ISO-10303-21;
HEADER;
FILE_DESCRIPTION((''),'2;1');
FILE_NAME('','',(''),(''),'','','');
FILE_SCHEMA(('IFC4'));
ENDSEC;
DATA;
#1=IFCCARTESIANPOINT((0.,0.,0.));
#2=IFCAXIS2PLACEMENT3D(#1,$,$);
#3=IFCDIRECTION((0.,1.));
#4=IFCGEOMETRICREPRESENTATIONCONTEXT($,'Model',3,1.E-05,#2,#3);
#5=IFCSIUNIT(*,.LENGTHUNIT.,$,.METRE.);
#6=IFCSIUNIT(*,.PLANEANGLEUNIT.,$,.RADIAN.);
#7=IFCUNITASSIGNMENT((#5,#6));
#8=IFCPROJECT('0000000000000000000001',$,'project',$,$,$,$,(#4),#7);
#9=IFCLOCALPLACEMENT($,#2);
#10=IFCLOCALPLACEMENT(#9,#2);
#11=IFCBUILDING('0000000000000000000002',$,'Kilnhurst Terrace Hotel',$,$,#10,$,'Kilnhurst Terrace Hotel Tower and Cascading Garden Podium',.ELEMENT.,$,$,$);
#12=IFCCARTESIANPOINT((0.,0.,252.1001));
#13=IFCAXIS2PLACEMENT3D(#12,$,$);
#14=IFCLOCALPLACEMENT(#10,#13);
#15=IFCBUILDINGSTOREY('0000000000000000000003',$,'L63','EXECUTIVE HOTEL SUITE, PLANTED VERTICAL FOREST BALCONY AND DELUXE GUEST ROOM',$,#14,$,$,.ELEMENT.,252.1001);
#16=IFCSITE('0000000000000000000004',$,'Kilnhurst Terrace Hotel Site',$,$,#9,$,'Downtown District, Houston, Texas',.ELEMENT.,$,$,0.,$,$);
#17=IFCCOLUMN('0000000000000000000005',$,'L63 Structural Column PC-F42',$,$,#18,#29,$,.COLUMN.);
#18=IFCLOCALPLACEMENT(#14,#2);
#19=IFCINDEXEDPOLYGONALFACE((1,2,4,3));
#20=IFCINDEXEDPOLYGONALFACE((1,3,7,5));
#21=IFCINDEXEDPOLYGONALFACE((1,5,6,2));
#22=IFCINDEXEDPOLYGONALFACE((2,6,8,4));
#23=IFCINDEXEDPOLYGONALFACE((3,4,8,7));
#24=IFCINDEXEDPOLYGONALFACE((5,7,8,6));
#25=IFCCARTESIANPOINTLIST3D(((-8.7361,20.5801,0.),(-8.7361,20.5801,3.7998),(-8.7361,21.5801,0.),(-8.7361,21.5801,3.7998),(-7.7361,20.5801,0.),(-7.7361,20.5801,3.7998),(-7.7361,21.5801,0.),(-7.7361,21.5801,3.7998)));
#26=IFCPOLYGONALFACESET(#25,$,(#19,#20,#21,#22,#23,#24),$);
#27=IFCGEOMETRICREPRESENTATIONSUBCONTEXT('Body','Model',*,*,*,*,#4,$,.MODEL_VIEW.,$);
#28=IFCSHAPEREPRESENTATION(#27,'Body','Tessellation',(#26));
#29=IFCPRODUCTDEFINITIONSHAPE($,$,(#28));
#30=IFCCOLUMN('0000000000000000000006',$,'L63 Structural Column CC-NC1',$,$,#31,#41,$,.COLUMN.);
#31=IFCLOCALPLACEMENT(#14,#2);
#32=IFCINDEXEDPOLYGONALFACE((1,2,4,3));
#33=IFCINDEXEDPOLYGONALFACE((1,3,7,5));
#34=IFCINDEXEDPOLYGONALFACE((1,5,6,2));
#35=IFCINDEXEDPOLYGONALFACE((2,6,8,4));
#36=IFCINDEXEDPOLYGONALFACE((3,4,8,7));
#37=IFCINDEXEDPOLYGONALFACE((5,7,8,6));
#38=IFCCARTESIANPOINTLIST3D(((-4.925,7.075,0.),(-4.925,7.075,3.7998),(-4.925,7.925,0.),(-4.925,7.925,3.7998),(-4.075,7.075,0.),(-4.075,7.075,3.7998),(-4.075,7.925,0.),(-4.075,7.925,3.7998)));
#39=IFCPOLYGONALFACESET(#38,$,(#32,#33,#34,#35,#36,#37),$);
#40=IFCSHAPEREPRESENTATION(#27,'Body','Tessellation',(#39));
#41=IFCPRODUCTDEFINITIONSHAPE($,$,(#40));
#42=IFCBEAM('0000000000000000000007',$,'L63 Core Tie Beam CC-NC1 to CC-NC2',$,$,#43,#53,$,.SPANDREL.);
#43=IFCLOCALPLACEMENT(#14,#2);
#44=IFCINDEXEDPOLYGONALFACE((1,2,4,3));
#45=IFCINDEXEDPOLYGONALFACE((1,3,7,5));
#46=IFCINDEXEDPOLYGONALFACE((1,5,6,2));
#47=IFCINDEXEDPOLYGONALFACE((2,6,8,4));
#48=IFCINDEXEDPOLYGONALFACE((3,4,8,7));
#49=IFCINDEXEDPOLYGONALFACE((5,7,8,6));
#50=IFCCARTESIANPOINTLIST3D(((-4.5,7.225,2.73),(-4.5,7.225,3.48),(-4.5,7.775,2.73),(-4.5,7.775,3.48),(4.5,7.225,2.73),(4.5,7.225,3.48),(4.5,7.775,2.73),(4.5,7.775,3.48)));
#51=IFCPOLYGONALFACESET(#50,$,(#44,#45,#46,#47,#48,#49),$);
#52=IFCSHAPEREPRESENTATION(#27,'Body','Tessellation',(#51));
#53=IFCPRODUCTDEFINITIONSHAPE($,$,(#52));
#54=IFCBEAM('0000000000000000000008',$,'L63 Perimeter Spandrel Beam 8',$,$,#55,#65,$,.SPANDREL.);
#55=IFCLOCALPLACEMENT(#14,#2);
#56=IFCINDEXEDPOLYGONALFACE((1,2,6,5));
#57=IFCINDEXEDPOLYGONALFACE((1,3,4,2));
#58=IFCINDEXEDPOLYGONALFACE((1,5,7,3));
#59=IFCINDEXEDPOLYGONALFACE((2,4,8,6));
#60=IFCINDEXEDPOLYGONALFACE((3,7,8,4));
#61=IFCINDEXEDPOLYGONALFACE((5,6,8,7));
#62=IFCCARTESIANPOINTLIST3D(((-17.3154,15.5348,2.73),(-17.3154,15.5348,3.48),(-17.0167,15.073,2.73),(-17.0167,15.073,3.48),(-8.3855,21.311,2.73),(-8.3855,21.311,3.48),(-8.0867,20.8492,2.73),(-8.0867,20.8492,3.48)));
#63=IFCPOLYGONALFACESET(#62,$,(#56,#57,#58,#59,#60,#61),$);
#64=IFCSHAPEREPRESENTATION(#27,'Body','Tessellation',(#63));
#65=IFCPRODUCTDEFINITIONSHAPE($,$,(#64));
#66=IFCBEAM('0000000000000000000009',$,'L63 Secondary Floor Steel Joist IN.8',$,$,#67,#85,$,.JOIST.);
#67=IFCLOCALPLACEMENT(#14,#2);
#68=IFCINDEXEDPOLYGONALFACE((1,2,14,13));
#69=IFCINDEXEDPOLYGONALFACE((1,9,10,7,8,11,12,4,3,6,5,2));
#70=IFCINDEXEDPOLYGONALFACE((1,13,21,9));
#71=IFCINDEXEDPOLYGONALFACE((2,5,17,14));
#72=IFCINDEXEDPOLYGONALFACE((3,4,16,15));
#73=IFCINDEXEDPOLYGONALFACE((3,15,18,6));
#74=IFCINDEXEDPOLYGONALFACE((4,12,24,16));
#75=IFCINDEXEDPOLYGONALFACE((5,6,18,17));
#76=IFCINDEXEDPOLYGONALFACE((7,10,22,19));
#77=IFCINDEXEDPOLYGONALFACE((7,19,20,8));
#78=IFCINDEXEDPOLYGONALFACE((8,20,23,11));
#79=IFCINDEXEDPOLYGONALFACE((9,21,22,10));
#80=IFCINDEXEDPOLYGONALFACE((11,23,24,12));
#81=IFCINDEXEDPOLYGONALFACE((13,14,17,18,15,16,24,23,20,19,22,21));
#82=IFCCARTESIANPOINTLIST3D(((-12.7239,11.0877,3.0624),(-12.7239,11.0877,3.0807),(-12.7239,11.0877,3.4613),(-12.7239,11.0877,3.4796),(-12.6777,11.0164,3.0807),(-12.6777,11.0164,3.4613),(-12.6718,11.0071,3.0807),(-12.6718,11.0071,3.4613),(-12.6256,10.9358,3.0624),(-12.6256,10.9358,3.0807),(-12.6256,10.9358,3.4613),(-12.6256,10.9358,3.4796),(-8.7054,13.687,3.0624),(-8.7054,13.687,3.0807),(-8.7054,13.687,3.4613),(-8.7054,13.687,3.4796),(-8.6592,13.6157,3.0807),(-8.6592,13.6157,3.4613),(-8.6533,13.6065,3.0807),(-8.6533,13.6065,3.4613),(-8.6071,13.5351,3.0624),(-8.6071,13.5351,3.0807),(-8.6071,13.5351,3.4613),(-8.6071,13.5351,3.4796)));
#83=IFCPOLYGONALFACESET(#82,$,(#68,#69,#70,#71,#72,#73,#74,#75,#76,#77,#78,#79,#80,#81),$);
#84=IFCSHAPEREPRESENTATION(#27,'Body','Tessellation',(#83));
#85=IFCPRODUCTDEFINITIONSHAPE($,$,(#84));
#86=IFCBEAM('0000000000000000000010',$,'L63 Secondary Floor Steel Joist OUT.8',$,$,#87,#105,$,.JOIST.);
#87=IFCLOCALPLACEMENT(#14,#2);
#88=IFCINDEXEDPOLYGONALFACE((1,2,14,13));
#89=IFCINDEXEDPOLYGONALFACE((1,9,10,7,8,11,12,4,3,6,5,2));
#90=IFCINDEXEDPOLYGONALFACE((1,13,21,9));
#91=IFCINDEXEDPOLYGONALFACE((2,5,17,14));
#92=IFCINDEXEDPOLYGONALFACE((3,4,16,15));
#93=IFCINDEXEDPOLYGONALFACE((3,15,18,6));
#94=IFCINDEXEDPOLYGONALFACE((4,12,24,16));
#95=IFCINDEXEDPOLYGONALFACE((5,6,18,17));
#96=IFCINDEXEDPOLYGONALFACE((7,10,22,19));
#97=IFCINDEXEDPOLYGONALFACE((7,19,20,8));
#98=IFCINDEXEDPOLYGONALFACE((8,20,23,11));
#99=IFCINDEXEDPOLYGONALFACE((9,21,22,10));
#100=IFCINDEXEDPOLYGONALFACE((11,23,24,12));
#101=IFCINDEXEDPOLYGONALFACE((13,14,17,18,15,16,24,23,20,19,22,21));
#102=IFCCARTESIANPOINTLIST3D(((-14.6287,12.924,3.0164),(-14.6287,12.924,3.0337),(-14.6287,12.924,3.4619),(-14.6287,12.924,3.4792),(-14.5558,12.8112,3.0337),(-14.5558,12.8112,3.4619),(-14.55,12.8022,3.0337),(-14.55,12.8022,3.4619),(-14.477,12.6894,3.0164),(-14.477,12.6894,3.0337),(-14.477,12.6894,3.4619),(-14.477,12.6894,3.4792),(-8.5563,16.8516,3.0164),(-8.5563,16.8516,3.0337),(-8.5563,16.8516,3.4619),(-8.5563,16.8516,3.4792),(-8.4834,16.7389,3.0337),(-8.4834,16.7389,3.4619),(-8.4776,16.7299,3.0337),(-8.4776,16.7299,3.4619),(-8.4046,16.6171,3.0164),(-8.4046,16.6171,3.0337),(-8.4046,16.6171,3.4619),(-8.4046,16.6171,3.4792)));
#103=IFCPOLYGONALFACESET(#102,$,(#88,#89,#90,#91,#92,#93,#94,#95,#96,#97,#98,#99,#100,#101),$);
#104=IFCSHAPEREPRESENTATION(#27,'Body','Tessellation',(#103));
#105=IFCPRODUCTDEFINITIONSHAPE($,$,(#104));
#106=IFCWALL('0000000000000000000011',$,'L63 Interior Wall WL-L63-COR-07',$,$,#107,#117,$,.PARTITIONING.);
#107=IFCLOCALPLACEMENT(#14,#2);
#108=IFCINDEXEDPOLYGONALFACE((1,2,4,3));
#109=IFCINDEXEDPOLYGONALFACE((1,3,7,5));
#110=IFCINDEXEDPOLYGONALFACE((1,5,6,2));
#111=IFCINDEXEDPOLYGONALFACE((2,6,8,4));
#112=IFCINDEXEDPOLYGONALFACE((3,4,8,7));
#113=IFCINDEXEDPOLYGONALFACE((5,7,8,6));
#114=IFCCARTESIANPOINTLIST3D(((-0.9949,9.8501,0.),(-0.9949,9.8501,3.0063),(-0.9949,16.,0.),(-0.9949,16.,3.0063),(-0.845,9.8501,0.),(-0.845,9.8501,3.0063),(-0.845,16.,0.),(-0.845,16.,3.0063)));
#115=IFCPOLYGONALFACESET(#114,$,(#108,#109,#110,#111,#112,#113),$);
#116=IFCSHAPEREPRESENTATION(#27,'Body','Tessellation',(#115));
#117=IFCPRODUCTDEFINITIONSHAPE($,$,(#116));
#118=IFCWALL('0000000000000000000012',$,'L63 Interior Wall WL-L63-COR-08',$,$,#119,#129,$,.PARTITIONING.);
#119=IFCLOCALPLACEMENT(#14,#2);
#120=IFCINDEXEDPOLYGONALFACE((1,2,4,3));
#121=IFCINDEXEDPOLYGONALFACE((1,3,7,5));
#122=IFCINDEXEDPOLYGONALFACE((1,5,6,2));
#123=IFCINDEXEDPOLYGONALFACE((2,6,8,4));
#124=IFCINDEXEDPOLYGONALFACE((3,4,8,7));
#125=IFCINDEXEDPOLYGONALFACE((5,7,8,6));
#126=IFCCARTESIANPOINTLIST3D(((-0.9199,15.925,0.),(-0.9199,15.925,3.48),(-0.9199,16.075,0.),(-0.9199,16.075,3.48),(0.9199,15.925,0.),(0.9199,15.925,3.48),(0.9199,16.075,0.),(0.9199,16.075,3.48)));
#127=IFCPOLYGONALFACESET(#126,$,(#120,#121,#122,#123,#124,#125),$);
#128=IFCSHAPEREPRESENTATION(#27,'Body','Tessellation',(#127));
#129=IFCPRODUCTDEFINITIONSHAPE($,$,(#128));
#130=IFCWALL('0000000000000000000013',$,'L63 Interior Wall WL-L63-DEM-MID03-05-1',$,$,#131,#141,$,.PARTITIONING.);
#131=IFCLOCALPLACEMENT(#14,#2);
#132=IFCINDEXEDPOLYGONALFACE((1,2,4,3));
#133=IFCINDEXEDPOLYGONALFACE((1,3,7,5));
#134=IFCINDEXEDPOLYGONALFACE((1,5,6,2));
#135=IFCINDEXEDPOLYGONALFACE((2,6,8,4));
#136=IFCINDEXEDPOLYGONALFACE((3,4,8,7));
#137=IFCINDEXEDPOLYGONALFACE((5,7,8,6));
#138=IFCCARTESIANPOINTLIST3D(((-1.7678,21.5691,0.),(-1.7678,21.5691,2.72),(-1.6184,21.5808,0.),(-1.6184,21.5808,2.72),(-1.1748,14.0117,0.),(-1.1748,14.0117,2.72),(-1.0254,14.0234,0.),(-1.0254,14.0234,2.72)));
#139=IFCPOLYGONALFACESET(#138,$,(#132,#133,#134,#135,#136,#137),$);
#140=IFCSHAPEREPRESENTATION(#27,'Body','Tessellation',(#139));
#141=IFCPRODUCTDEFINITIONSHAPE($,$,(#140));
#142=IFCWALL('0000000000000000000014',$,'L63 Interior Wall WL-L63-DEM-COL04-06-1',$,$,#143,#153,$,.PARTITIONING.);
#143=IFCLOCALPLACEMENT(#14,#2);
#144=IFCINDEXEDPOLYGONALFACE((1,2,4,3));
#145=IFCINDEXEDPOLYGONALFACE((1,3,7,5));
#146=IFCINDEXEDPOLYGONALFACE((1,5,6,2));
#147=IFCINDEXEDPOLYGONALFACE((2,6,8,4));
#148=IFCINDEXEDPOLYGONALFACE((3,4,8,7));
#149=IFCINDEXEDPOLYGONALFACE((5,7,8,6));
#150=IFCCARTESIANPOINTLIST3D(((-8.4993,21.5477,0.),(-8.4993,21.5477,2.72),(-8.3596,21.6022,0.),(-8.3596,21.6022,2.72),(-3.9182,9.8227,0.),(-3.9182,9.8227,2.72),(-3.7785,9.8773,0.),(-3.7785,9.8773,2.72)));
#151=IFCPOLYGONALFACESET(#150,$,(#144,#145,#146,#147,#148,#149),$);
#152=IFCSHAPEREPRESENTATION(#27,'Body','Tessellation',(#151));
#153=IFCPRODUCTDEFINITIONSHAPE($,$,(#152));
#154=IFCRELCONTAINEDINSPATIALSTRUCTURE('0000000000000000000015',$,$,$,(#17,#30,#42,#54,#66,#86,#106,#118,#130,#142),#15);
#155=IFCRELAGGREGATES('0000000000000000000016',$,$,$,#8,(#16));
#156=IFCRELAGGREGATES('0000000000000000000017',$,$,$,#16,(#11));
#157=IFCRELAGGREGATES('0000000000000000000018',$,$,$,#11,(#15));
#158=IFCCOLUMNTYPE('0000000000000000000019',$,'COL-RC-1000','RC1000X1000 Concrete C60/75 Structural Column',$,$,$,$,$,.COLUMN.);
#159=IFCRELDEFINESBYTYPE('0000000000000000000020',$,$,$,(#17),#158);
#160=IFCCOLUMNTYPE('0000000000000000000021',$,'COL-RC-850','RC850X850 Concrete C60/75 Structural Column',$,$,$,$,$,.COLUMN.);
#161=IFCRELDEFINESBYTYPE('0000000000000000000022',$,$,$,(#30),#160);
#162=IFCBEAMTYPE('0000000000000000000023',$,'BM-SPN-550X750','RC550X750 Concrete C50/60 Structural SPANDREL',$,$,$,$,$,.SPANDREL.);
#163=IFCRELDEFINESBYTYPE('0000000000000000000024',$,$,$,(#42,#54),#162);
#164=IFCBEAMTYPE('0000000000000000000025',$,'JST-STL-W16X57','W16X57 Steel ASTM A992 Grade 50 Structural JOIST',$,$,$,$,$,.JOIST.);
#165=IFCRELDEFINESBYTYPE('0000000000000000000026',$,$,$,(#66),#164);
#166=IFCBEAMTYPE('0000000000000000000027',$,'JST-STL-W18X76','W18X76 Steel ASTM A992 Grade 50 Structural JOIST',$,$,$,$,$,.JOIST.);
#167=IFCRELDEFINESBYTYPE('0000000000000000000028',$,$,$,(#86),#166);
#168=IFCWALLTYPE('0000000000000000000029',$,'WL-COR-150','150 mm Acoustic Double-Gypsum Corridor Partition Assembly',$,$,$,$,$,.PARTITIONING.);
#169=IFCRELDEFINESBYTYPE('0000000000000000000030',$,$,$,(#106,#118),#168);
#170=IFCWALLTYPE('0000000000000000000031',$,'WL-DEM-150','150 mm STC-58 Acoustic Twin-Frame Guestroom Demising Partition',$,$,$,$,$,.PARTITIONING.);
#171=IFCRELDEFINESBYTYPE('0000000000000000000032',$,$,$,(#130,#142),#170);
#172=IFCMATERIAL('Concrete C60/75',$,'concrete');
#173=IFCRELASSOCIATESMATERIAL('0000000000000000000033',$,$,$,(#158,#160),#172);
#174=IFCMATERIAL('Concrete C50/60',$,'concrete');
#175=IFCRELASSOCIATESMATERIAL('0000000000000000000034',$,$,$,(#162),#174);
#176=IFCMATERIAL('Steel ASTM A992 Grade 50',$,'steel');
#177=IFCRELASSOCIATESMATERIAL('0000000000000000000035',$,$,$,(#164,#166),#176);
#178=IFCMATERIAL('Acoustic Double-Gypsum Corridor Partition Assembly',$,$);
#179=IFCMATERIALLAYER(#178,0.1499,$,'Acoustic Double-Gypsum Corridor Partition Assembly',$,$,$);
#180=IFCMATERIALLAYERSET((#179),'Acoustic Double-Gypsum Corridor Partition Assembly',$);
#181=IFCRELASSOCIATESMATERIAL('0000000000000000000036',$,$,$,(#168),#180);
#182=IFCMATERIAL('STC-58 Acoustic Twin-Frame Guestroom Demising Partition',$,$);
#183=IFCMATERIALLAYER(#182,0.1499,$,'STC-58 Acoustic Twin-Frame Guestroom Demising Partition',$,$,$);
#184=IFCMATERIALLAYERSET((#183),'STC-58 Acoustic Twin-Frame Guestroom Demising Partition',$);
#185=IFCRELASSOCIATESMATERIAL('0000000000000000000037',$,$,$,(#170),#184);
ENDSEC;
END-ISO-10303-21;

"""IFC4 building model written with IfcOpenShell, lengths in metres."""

from ifc_helpers import new_model, si_unit, direction, frame, frame_2d, origin, origin_2d, place, context, subcontext, project, spatial, rectangle, i_section, extrude, material, layer, layer_set, material_profile, profile_set, type_object, element, save


model = new_model("IFC4")

# Units and contexts
model_context = context("Model", 3, precision=1e-05, world=origin(), true_north=direction((0.0, 1.0)))
body_context = subcontext(model_context, "Body", "Model", "MODEL_VIEW")
ifc_project = project(units=[si_unit("LENGTHUNIT", "METRE"), si_unit("PLANEANGLEUNIT", "RADIAN")], contexts=[model_context])

# Site, building, storey
site_placement = place(None, origin())
site = spatial("IfcSite", under=ifc_project, at=site_placement, Name="Kilnhurst Terrace Hotel Site", LongName="Downtown District, Houston, Texas", CompositionType="ELEMENT", RefElevation=0.0)
building_placement = place(site_placement, origin())
building = spatial("IfcBuilding", under=site, at=building_placement, Name="Kilnhurst Terrace Hotel", LongName="Kilnhurst Terrace Hotel Tower and Cascading Garden Podium", CompositionType="ELEMENT")
storey_placement = place(building_placement, frame((0.0, 0.0, 252.1001)))
storey = spatial("IfcBuildingStorey", under=building, at=storey_placement, Name="L63", Description="EXECUTIVE HOTEL SUITE, PLANTED VERTICAL FOREST BALCONY AND DELUXE GUEST ROOM", CompositionType="ELEMENT", Elevation=252.1001)

# Columns
ifc_material_1 = material(Name="Concrete C60/75", Category="concrete")
ifc_material_profile_1 = material_profile(ifc_material_1, rectangle(XDim=1.0, YDim=1.0, at=origin_2d()), Name="RC1000X1000")
ifc_profile_set_1 = profile_set([ifc_material_profile_1], Name="Concrete C60/75")
column_type_1 = type_object("IfcColumnType", Name="COL-RC-1000", Description="RC1000X1000 Concrete C60/75 Structural Column", PredefinedType="COLUMN", material=ifc_profile_set_1)
column_1_placement = place(storey_placement, frame((-8.2361, 21.0801, 0.0), z_axis=(0.0, 0.0, 1.0), x_axis=(1.0, 0.0, 0.0)))
element("IfcColumn", 1, at=column_1_placement, inside=storey, type_object=column_type_1, Name="L63 Structural Column PC-F42", PredefinedType="COLUMN", context=body_context, shape_type="SweptSolid", body=[
    extrude(rectangle(XDim=1.0, YDim=1.0, at=origin_2d()), origin(), (0.0, 0.0, 1.0), 3.7998),
])
ifc_material_profile_2 = material_profile(ifc_material_1, rectangle(XDim=0.8501, YDim=0.8501, at=origin_2d()), Name="RC850X850")
ifc_profile_set_2 = profile_set([ifc_material_profile_2], Name="Concrete C60/75")
column_type_2 = type_object("IfcColumnType", Name="COL-RC-850", Description="RC850X850 Concrete C60/75 Structural Column", PredefinedType="COLUMN", material=ifc_profile_set_2)
column_2_placement = place(storey_placement, frame((-4.5, 7.5, 0.0), z_axis=(0.0, 0.0, 1.0), x_axis=(1.0, 0.0, 0.0)))
element("IfcColumn", 2, at=column_2_placement, inside=storey, type_object=column_type_2, Name="L63 Structural Column CC-NC1", PredefinedType="COLUMN", context=body_context, shape_type="SweptSolid", body=[
    extrude(rectangle(XDim=0.8501, YDim=0.8501, at=origin_2d()), origin(), (0.0, 0.0, 1.0), 3.7998),
])

# Beams
ifc_material_2 = material(Name="Concrete C50/60", Category="concrete")
ifc_material_profile_3 = material_profile(ifc_material_2, rectangle(XDim=0.55, YDim=0.75, at=origin_2d()), Name="RC550X750")
ifc_profile_set_3 = profile_set([ifc_material_profile_3], Name="Concrete C50/60")
beam_type_1 = type_object("IfcBeamType", Name="BM-SPN-550X750", Description="RC550X750 Concrete C50/60 Structural SPANDREL", PredefinedType="SPANDREL", material=ifc_profile_set_3)
beam_1_placement = place(storey_placement, frame((-4.5, 7.5, 3.105), z_axis=(1.0, 0.0, 0.0), x_axis=(0.0, 1.0, 0.0)))
element("IfcBeam", 3, at=beam_1_placement, inside=storey, type_object=beam_type_1, Name="L63 Core Tie Beam CC-NC1 to CC-NC2", PredefinedType="SPANDREL", context=body_context, shape_type="SweptSolid", body=[
    extrude(rectangle(XDim=0.55, YDim=0.75, at=origin_2d()), origin(), (0.0, 0.0, 1.0), 9.0),
])
beam_2_placement = place(storey_placement, frame((-8.2361, 21.0801, 3.105), z_axis=(-0.839659, -0.543114, 0.0), x_axis=(0.543114, -0.839659, 0.0)))
element("IfcBeam", 4, at=beam_2_placement, inside=storey, type_object=beam_type_1, Name="L63 Perimeter Spandrel Beam 8", PredefinedType="SPANDREL", context=body_context, shape_type="SweptSolid", body=[
    extrude(rectangle(XDim=0.55, YDim=0.75, at=origin_2d()), origin(), (0.0, 0.0, 1.0), 10.6353),
])
ifc_material_3 = material(Name="Steel ASTM A992 Grade 50", Category="steel")
ifc_material_profile_4 = material_profile(ifc_material_3, i_section(OverallWidth=0.1809, OverallDepth=0.4172, WebThickness=0.011, FlangeThickness=0.0183, at=origin_2d()), Name="W16X57")
ifc_profile_set_4 = profile_set([ifc_material_profile_4], Name="Steel ASTM A992 Grade 50")
beam_type_2 = type_object("IfcBeamType", Name="JST-STL-W16X57", Description="W16X57 Steel ASTM A992 Grade 50 Structural JOIST", PredefinedType="JOIST", material=ifc_profile_set_4)
beam_3_placement = place(storey_placement, frame((-8.6562, 13.6111, 3.271), z_axis=(-0.839654, -0.543122, 0.0), x_axis=(0.543122, -0.839654, 0.0)))
element("IfcBeam", 5, at=beam_3_placement, inside=storey, type_object=beam_type_2, Name="L63 Secondary Floor Steel Joist IN.8", PredefinedType="JOIST", context=body_context, shape_type="SweptSolid", body=[
    extrude(i_section(OverallWidth=0.1809, OverallDepth=0.4172, WebThickness=0.011, FlangeThickness=0.0183, at=origin_2d()), origin(), (0.0, 0.0, 1.0), 4.7859),
])
ifc_material_profile_5 = material_profile(ifc_material_3, i_section(OverallWidth=0.2793, OverallDepth=0.4629, WebThickness=0.0107, FlangeThickness=0.0173, at=origin_2d()), Name="W18X76")
ifc_profile_set_5 = profile_set([ifc_material_profile_5], Name="Steel ASTM A992 Grade 50")
beam_type_3 = type_object("IfcBeamType", Name="JST-STL-W18X76", Description="W18X76 Steel ASTM A992 Grade 50 Structural JOIST", PredefinedType="JOIST", material=ifc_profile_set_5)
beam_4_placement = place(storey_placement, frame((-8.4805, 16.7344, 3.2478), z_axis=(-0.839667, -0.543101, 0.0), x_axis=(0.543101, -0.839667, 0.0)))
element("IfcBeam", 6, at=beam_4_placement, inside=storey, type_object=beam_type_3, Name="L63 Secondary Floor Steel Joist OUT.8", PredefinedType="JOIST", context=body_context, shape_type="SweptSolid", body=[
    extrude(i_section(OverallWidth=0.2793, OverallDepth=0.4629, WebThickness=0.0107, FlangeThickness=0.0173, at=origin_2d()), origin(), (0.0, 0.0, 1.0), 7.2319),
])

# Walls
ifc_material_4 = material(Name="Acoustic Double-Gypsum Corridor Partition Assembly")
ifc_layer_1 = layer(ifc_material_4, 0.1499, Name="Acoustic Double-Gypsum Corridor Partition Assembly")
ifc_layer_set_1 = layer_set([ifc_layer_1], Name="Acoustic Double-Gypsum Corridor Partition Assembly")
wall_type_1 = type_object("IfcWallType", Name="WL-COR-150", Description="150 mm Acoustic Double-Gypsum Corridor Partition Assembly", PredefinedType="PARTITIONING", material=ifc_layer_set_1)
wall_1_placement = place(storey_placement, frame((-0.9199, 9.8501, 0.0), z_axis=(0.0, 0.0, 1.0), x_axis=(0.0, 1.0, 0.0)))
element("IfcWall", 7, at=wall_1_placement, inside=storey, type_object=wall_type_1, Name="L63 Interior Wall WL-L63-COR-07", PredefinedType="PARTITIONING", context=body_context, shape_type="SweptSolid", body=[
    extrude(rectangle(XDim=6.1499, YDim=0.1499, at=frame_2d((3.075, 0.0))), origin(), (0.0, 0.0, 1.0), 3.0063),
])
wall_2_placement = place(storey_placement, frame((-0.9199, 16.0, 0.0), z_axis=(0.0, 0.0, 1.0), x_axis=(1.0, 0.0, 0.0)))
element("IfcWall", 8, at=wall_2_placement, inside=storey, type_object=wall_type_1, Name="L63 Interior Wall WL-L63-COR-08", PredefinedType="PARTITIONING", context=body_context, shape_type="SweptSolid", body=[
    extrude(rectangle(XDim=1.8398, YDim=0.1499, at=frame_2d((0.9199, 0.0))), origin(), (0.0, 0.0, 1.0), 3.48),
])
ifc_material_5 = material(Name="STC-58 Acoustic Twin-Frame Guestroom Demising Partition")
ifc_layer_2 = layer(ifc_material_5, 0.1499, Name="STC-58 Acoustic Twin-Frame Guestroom Demising Partition")
ifc_layer_set_2 = layer_set([ifc_layer_2], Name="STC-58 Acoustic Twin-Frame Guestroom Demising Partition")
wall_type_2 = type_object("IfcWallType", Name="WL-DEM-150", Description="150 mm STC-58 Acoustic Twin-Frame Guestroom Demising Partition", PredefinedType="PARTITIONING", material=ifc_layer_set_2)
wall_3_placement = place(storey_placement, frame((-1.1001, 14.0176, 0.0), z_axis=(0.0, 0.0, 1.0), x_axis=(-0.078228, 0.996935, 0.0)))
element("IfcWall", 9, at=wall_3_placement, inside=storey, type_object=wall_type_2, Name="L63 Interior Wall WL-L63-DEM-MID03-05-1", PredefinedType="PARTITIONING", context=body_context, shape_type="SweptSolid", body=[
    extrude(rectangle(XDim=7.5806, YDim=0.1499, at=frame_2d((3.7903, 0.0))), origin(), (0.0, 0.0, 1.0), 2.72),
])
wall_4_placement = place(storey_placement, frame((-3.8484, 9.8501, 0.0), z_axis=(0.0, 0.0, 1.0), x_axis=(-0.363922, 0.93143, 0.0)))
element("IfcWall", 10, at=wall_4_placement, inside=storey, type_object=wall_type_2, Name="L63 Interior Wall WL-L63-DEM-COL04-06-1", PredefinedType="PARTITIONING", context=body_context, shape_type="SweptSolid", body=[
    extrude(rectangle(XDim=12.5881, YDim=0.1499, at=frame_2d((6.2939, 0.0))), origin(), (0.0, 0.0, 1.0), 2.72),
])

save(model, "model.ifc")
